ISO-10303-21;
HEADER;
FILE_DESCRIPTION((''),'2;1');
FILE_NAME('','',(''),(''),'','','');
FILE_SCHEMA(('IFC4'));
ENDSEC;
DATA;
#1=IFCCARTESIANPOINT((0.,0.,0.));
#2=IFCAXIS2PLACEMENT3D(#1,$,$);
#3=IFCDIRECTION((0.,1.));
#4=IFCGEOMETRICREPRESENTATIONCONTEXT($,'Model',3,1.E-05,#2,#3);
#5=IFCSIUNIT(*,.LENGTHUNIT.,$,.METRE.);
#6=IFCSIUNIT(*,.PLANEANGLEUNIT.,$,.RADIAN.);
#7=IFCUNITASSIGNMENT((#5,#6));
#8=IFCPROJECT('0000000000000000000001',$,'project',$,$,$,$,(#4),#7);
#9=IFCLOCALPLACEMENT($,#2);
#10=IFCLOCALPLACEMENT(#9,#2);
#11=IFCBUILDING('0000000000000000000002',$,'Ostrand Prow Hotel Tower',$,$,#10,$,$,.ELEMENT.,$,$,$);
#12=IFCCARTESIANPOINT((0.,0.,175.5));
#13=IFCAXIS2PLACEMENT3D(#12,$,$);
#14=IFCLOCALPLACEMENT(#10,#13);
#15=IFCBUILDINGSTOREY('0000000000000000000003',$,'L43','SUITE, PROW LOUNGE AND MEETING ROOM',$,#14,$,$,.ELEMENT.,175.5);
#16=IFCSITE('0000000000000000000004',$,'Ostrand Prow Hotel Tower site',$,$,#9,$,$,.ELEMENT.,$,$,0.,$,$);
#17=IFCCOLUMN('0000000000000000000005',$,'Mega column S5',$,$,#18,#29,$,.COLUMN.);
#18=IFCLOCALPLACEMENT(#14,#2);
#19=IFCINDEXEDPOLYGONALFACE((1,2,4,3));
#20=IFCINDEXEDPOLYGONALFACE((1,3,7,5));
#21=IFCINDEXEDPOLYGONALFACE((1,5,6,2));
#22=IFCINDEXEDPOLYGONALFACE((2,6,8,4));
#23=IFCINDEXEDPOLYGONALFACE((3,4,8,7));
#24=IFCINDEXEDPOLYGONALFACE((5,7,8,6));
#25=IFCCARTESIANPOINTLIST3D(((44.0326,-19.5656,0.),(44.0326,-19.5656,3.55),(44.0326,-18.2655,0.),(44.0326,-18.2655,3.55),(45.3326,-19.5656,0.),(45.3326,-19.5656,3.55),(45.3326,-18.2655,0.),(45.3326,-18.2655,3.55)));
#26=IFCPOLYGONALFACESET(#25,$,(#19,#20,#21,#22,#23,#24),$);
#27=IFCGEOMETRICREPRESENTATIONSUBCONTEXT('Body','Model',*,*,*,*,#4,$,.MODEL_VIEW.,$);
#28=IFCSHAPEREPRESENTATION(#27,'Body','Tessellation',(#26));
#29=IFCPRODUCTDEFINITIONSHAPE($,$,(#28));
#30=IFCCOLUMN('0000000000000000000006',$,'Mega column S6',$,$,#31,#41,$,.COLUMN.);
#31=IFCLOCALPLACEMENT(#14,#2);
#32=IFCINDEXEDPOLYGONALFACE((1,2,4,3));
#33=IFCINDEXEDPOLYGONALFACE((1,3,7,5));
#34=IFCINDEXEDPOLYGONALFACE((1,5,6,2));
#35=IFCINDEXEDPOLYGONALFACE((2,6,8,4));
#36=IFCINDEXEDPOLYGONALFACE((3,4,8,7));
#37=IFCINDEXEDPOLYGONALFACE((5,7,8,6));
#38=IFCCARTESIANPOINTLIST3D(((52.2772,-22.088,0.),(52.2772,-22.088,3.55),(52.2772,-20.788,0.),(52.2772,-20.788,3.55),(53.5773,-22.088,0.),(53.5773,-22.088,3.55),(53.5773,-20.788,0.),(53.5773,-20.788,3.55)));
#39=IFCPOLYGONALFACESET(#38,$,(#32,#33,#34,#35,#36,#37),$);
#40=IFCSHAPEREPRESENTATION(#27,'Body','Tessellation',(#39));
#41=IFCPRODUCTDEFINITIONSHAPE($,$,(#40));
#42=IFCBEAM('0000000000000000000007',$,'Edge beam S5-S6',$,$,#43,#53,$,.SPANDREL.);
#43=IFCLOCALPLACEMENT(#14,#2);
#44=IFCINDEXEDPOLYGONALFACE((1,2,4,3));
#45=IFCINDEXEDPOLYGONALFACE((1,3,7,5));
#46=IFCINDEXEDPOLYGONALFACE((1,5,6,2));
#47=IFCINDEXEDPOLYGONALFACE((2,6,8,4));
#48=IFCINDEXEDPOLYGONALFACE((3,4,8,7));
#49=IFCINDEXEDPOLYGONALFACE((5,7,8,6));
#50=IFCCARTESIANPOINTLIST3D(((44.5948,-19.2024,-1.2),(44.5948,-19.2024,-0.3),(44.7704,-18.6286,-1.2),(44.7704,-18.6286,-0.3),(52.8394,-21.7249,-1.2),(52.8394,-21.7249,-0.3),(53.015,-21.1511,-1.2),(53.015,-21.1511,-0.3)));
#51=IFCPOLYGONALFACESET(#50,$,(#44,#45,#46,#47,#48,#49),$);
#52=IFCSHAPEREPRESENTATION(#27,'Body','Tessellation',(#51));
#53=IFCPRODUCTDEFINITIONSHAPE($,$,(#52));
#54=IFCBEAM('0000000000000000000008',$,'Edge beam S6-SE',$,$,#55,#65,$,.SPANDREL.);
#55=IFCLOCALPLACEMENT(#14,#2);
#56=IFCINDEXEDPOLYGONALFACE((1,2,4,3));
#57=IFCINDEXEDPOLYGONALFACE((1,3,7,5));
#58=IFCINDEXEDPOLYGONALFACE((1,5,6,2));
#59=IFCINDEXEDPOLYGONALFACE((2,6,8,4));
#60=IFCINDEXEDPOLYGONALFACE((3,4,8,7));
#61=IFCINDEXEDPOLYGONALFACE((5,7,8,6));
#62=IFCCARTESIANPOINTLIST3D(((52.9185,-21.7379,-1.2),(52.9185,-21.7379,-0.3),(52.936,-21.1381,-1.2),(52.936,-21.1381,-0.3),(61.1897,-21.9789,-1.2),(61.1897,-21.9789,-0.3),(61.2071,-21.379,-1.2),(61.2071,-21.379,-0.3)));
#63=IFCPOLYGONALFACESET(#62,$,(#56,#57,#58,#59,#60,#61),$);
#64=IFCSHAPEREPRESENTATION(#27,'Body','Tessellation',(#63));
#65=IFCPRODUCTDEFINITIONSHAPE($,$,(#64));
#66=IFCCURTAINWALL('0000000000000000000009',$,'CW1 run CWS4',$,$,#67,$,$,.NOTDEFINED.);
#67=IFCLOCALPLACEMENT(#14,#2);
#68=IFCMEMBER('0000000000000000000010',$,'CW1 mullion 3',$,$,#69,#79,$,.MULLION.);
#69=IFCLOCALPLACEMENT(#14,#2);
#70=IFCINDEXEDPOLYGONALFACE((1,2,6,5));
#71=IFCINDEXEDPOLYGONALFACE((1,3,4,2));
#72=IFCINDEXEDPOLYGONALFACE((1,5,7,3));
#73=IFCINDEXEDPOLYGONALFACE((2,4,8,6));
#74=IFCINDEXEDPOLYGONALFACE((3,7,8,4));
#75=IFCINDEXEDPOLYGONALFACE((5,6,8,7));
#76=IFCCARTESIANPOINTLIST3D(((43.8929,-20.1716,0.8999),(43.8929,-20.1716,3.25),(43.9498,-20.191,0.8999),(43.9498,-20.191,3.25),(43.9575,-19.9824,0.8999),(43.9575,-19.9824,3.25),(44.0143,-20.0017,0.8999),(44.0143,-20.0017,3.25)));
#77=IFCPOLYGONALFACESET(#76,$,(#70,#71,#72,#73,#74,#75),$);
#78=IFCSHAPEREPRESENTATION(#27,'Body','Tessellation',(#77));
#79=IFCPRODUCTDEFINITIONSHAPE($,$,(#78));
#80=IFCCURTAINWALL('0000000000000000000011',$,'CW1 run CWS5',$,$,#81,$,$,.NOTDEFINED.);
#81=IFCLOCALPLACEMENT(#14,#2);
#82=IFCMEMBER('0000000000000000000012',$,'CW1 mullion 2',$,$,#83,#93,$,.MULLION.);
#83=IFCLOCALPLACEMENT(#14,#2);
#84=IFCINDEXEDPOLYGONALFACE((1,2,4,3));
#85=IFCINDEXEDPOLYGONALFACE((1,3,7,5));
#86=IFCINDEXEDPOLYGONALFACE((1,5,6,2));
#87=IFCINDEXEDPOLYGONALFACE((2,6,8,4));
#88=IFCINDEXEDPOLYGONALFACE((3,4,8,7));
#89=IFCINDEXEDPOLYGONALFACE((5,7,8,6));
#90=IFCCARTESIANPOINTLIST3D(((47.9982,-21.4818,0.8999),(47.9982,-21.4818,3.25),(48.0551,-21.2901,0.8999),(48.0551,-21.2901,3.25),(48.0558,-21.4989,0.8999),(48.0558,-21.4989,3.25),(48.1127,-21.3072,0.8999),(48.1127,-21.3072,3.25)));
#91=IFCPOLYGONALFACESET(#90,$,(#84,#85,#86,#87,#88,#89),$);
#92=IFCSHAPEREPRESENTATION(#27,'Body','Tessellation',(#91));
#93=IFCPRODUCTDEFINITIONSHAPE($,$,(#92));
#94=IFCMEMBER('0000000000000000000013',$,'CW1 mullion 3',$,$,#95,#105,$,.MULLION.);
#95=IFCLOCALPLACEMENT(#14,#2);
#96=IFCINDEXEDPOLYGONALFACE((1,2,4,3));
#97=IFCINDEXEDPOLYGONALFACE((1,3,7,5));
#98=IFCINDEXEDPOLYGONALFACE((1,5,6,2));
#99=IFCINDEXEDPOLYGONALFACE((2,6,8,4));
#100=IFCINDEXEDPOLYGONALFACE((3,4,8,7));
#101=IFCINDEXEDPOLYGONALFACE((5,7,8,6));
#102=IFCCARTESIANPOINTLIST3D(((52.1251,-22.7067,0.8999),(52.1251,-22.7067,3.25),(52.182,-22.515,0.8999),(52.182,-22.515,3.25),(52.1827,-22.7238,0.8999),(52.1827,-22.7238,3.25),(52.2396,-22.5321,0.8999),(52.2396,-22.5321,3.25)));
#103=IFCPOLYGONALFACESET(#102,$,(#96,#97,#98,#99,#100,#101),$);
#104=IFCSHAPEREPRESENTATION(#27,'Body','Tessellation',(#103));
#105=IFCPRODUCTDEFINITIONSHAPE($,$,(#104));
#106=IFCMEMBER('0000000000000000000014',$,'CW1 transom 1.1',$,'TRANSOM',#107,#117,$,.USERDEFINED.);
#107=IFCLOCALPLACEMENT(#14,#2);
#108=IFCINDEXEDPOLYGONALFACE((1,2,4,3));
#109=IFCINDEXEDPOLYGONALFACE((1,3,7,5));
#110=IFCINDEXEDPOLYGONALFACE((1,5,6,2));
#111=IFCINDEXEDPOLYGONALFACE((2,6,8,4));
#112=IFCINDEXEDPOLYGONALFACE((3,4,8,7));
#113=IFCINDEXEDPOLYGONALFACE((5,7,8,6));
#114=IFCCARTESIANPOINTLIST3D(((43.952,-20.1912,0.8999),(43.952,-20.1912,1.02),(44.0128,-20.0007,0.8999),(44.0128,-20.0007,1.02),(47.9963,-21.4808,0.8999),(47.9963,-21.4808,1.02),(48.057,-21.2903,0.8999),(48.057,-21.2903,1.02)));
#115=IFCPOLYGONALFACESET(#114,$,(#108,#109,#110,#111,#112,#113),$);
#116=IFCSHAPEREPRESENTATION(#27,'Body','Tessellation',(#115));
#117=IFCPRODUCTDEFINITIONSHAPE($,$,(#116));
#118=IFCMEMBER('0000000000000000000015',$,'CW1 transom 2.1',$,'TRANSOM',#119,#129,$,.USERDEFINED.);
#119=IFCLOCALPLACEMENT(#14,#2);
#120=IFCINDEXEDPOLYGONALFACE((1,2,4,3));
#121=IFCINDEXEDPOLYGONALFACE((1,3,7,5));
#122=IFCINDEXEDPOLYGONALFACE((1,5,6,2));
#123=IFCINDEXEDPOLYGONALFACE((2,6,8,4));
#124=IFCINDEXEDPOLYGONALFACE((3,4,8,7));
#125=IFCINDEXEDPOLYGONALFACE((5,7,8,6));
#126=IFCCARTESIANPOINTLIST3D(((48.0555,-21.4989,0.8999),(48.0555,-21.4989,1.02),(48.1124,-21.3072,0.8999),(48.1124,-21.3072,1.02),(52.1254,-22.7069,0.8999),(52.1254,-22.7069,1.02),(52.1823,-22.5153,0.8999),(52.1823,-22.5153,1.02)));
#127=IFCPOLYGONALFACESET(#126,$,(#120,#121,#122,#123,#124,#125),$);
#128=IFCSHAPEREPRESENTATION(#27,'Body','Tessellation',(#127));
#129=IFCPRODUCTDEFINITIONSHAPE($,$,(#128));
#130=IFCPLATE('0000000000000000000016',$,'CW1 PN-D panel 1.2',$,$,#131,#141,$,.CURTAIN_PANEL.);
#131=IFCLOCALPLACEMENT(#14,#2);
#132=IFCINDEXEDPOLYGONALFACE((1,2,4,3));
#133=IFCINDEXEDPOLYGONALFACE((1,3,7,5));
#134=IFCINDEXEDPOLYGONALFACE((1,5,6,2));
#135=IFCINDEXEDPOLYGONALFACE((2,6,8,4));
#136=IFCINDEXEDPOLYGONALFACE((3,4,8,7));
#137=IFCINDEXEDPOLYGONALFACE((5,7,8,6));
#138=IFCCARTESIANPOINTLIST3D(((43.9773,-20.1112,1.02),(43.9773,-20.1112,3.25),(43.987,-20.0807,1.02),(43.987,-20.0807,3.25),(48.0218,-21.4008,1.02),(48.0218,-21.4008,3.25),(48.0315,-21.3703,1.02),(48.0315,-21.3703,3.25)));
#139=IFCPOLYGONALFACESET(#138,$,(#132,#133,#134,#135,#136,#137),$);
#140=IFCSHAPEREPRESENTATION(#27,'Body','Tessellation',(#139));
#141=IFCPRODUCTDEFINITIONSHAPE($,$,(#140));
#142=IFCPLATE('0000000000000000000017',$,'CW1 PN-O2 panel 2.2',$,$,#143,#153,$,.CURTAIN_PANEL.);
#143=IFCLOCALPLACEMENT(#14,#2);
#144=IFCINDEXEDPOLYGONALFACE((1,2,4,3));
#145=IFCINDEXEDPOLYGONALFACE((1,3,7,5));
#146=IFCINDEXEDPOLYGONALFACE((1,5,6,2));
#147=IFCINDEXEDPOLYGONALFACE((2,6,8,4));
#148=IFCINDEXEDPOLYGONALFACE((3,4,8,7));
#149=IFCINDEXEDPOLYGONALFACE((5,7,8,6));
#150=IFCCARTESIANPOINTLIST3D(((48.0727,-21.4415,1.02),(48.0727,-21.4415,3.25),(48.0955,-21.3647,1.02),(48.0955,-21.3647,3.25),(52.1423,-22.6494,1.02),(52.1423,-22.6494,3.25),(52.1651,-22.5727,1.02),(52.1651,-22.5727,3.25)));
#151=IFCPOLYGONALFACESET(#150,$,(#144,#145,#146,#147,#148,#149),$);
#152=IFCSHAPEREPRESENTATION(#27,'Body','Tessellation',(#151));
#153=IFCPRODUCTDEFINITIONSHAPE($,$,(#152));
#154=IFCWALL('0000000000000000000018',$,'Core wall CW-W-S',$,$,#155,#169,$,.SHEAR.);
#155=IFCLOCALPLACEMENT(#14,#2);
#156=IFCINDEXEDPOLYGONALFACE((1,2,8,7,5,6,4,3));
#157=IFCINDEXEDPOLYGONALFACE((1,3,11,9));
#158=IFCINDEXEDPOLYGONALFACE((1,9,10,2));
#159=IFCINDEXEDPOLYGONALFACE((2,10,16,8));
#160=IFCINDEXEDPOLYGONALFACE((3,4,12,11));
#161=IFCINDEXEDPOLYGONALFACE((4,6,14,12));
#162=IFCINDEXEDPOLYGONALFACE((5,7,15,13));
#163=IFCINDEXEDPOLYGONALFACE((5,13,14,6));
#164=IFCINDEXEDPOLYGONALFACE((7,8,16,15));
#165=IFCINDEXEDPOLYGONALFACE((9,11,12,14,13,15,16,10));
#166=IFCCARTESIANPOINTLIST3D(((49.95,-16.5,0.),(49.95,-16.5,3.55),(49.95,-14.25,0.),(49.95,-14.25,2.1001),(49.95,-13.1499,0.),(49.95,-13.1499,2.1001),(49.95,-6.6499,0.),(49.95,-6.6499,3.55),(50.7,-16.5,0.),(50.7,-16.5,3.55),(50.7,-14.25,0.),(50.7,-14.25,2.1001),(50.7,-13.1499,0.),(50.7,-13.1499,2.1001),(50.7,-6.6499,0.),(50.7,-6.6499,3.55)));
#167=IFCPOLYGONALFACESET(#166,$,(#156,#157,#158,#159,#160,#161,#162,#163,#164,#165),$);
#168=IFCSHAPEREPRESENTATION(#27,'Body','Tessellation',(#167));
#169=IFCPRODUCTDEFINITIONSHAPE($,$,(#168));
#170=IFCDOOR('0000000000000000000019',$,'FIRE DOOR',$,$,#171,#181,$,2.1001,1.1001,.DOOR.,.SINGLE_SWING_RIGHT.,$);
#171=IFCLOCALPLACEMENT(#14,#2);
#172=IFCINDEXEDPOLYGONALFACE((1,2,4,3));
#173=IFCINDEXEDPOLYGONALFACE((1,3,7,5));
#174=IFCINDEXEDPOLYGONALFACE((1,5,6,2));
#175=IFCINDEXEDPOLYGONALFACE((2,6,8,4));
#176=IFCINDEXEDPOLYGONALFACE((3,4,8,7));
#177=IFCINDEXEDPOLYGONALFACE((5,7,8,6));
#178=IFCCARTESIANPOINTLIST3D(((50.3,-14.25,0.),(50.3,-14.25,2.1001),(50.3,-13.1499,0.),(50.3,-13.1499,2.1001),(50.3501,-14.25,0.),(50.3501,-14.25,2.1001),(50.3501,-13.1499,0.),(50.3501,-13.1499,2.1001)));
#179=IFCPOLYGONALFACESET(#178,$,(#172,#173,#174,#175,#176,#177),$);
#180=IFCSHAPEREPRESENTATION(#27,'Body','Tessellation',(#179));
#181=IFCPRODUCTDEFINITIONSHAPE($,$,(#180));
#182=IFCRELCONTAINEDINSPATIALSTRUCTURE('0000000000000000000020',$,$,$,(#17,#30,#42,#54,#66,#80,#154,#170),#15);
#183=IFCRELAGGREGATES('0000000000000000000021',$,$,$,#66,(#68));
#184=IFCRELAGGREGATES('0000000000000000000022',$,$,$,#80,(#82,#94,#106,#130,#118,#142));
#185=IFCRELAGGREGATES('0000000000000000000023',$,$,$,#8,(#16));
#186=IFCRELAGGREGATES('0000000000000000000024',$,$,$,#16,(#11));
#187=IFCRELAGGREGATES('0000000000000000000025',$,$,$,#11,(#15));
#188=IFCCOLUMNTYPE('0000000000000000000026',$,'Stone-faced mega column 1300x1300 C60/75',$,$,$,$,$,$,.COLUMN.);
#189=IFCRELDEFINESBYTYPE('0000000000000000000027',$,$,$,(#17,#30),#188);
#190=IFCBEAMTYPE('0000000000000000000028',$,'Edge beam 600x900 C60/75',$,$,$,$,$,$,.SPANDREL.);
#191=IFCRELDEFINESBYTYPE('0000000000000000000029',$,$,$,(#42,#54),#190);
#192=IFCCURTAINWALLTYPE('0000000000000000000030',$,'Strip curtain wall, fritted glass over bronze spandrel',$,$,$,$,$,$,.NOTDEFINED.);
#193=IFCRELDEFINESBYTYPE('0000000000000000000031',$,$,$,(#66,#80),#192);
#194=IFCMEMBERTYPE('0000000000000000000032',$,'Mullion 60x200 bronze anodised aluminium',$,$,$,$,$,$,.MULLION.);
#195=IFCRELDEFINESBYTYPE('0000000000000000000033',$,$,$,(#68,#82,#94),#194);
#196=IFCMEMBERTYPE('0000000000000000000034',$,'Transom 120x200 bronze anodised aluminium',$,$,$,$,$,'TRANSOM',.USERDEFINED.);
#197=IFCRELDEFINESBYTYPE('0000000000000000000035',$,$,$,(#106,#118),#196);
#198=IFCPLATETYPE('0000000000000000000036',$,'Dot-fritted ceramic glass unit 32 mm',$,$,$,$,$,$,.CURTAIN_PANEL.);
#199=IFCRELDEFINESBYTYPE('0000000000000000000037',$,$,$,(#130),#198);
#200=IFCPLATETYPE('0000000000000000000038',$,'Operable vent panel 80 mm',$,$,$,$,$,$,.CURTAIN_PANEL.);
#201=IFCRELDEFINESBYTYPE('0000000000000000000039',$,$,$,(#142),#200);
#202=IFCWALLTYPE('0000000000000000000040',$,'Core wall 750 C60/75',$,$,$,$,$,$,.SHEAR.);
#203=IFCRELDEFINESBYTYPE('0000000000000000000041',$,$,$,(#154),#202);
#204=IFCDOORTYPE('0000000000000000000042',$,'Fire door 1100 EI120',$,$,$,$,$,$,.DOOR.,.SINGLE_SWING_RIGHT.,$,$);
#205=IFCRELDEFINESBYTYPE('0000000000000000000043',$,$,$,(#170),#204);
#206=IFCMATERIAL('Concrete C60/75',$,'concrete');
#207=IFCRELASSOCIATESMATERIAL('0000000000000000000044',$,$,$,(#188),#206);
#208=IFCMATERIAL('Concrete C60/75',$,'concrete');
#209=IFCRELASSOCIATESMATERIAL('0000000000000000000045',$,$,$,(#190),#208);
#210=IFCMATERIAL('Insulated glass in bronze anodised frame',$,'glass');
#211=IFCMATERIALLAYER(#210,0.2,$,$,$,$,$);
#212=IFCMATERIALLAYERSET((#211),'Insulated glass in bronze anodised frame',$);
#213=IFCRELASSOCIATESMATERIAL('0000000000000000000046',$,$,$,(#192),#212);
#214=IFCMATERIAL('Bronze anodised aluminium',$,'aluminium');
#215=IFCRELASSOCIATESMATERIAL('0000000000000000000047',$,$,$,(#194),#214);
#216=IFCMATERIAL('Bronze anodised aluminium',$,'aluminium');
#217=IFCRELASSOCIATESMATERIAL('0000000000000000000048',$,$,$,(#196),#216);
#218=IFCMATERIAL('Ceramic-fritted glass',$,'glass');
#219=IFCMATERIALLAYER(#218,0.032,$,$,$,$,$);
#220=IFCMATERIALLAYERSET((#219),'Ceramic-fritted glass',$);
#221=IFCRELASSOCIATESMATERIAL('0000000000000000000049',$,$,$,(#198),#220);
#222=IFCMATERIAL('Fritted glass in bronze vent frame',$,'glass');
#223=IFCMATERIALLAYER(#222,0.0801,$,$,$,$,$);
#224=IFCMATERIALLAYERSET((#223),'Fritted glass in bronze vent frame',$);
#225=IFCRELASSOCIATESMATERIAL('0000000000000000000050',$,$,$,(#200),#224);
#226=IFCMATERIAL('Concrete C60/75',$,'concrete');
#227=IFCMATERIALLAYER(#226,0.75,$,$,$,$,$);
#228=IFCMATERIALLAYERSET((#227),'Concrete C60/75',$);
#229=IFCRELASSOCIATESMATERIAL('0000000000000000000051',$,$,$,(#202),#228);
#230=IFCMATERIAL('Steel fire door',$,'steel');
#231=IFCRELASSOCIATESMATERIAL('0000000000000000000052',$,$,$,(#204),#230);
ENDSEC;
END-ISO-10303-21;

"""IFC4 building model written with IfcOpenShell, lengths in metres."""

from ifc_helpers import new_model, si_unit, direction, frame, frame_2d, origin, origin_2d, place, context, subcontext, project, spatial, rectangle, extrude, material, layer, layer_set, material_profile, profile_set, type_object, element, fill, aggregate, save


model = new_model("IFC4")

# Units and contexts
model_context = context("Model", 3, precision=1e-05, world=origin(), true_north=direction((0.0, 1.0)))
body_context = subcontext(model_context, "Body", "Model", "MODEL_VIEW")
ifc_project = project(units=[si_unit("LENGTHUNIT", "METRE"), si_unit("PLANEANGLEUNIT", "RADIAN")], contexts=[model_context])

# Site, building, storey
site_placement = place(None, origin())
site = spatial("IfcSite", under=ifc_project, at=site_placement, Name="Ostrand Prow Hotel Tower site", CompositionType="ELEMENT", RefElevation=0.0)
building_placement = place(site_placement, origin())
building = spatial("IfcBuilding", under=site, at=building_placement, Name="Ostrand Prow Hotel Tower", CompositionType="ELEMENT")
storey_placement = place(building_placement, frame((0.0, 0.0, 175.5)))
storey = spatial("IfcBuildingStorey", under=building, at=storey_placement, Name="L43", Description="SUITE, PROW LOUNGE AND MEETING ROOM", CompositionType="ELEMENT", Elevation=175.5)

# Columns
ifc_material_1 = material(Name="Concrete C60/75", Category="concrete")
ifc_material_profile_1 = material_profile(ifc_material_1, rectangle(XDim=1.3, YDim=1.3, at=origin_2d()), Name="RC 1300x1300")
ifc_profile_set_1 = profile_set([ifc_material_profile_1], Name="Concrete C60/75")
column_type = type_object("IfcColumnType", Name="Stone-faced mega column 1300x1300 C60/75", PredefinedType="COLUMN", material=ifc_profile_set_1)
for number, where, z_axis, x_axis, name in (
    (1, (44.6826, -18.9155, 0.0), (0.0, 0.0, 1.0), (1.0, 0.0, 0.0), "Mega column S5"),
    (2, (52.9272, -21.438, 0.0), (0.0, 0.0, 1.0), (1.0, 0.0, 0.0), "Mega column S6"),
):
    element("IfcColumn", number, at=place(storey_placement, frame(where, z_axis=z_axis, x_axis=x_axis)), inside=storey, type_object=column_type, Name=name, PredefinedType="COLUMN", context=body_context, shape_type="SweptSolid", body=[
        extrude(rectangle(XDim=1.3, YDim=1.3, at=origin_2d()), origin(), (0.0, 0.0, 1.0), 3.55),
    ])

# Beams
ifc_material_2 = material(Name="Concrete C60/75", Category="concrete")
ifc_material_profile_2 = material_profile(ifc_material_2, rectangle(XDim=0.6001, YDim=0.8999, at=origin_2d()), Name="RC 600x900")
ifc_profile_set_2 = profile_set([ifc_material_profile_2], Name="Concrete C60/75")
beam_type = type_object("IfcBeamType", Name="Edge beam 600x900 C60/75", PredefinedType="SPANDREL", material=ifc_profile_set_2)
beam_1_placement = place(storey_placement, frame((44.6826, -18.9155, -0.75), z_axis=(0.956246, -0.292565, 0.0), x_axis=(0.292565, 0.956246, 0.0)))
element("IfcBeam", 3, at=beam_1_placement, inside=storey, type_object=beam_type, Name="Edge beam S5-S6", PredefinedType="SPANDREL", context=body_context, shape_type="SweptSolid", body=[
    extrude(rectangle(XDim=0.6001, YDim=0.8999, at=origin_2d()), origin(), (0.0, 0.0, 1.0), 8.6218),
])
beam_2_placement = place(storey_placement, frame((52.9272, -21.438, -0.75), z_axis=(0.999576, -0.029121, 0.0), x_axis=(0.029121, 0.999576, 0.0)))
element("IfcBeam", 4, at=beam_2_placement, inside=storey, type_object=beam_type, Name="Edge beam S6-SE", PredefinedType="SPANDREL", context=body_context, shape_type="SweptSolid", body=[
    extrude(rectangle(XDim=0.6001, YDim=0.8999, at=origin_2d()), origin(), (0.0, 0.0, 1.0), 8.2747),
])

# Curtain wall, member
ifc_material_3 = material(Name="Insulated glass in bronze anodised frame", Category="glass")
ifc_layer_1 = layer(ifc_material_3, 0.2)
ifc_layer_set_1 = layer_set([ifc_layer_1], Name="Insulated glass in bronze anodised frame")
curtain_wall_type = type_object("IfcCurtainWallType", Name="Strip curtain wall, fritted glass over bronze spandrel", PredefinedType="NOTDEFINED", material=ifc_layer_set_1)
curtain_wall_1_placement = place(storey_placement, origin())
curtain_wall_1 = element("IfcCurtainWall", 5, at=curtain_wall_1_placement, inside=storey, type_object=curtain_wall_type, Name="CW1 run CWS4", PredefinedType="NOTDEFINED")
ifc_material_4 = material(Name="Bronze anodised aluminium", Category="aluminium")
ifc_material_profile_3 = material_profile(ifc_material_4, rectangle(XDim=0.2, YDim=0.0601, at=origin_2d()), Name="Mullion 60x200 bronze anodised aluminium")
ifc_profile_set_3 = profile_set([ifc_material_profile_3], Name="Bronze anodised aluminium")
member_type_1 = type_object("IfcMemberType", Name="Mullion 60x200 bronze anodised aluminium", PredefinedType="MULLION", material=ifc_profile_set_3)
member_1_placement = place(storey_placement, frame((43.9536, -20.0867, 0.8999), z_axis=(0.0, 0.0, 1.0), x_axis=(0.322908, 0.94643, 0.0)))
member_1 = element("IfcMember", 6, at=member_1_placement, type_object=member_type_1, Name="CW1 mullion 3", PredefinedType="MULLION", context=body_context, shape_type="SweptSolid", body=[
    extrude(rectangle(XDim=0.2, YDim=0.0601, at=origin_2d()), origin(), (0.0, 0.0, 1.0), 2.3501),
])
aggregate(curtain_wall_1, [member_1])

# Curtain wall, members, plates
curtain_wall_2_placement = place(storey_placement, origin())
curtain_wall_2 = element("IfcCurtainWall", 7, at=curtain_wall_2_placement, inside=storey, type_object=curtain_wall_type, Name="CW1 run CWS5", PredefinedType="NOTDEFINED")
member_2_placement = place(storey_placement, frame((48.0554, -21.3945, 0.8999), z_axis=(0.0, 0.0, 1.0), x_axis=(0.284544, 0.958663, 0.0)))
member_2 = element("IfcMember", 8, at=member_2_placement, type_object=member_type_1, Name="CW1 mullion 2", PredefinedType="MULLION", context=body_context, shape_type="SweptSolid", body=[
    extrude(rectangle(XDim=0.2, YDim=0.0601, at=origin_2d()), origin(), (0.0, 0.0, 1.0), 2.3501),
])
member_3_placement = place(storey_placement, frame((52.1824, -22.6194, 0.8999), z_axis=(0.0, 0.0, 1.0), x_axis=(0.284544, 0.958663, 0.0)))
member_3 = element("IfcMember", 9, at=member_3_placement, type_object=member_type_1, Name="CW1 mullion 3", PredefinedType="MULLION", context=body_context, shape_type="SweptSolid", body=[
    extrude(rectangle(XDim=0.2, YDim=0.0601, at=origin_2d()), origin(), (0.0, 0.0, 1.0), 2.3501),
])
ifc_material_5 = material(Name="Bronze anodised aluminium", Category="aluminium")
ifc_material_profile_4 = material_profile(ifc_material_5, rectangle(XDim=0.2, YDim=0.1201, at=origin_2d()), Name="Transom 120x200 bronze anodised aluminium")
ifc_profile_set_4 = profile_set([ifc_material_profile_4], Name="Bronze anodised aluminium")
member_type_2 = type_object("IfcMemberType", Name="Transom 120x200 bronze anodised aluminium", ElementType="TRANSOM", PredefinedType="USERDEFINED", material=ifc_profile_set_4)
member_4_placement = place(storey_placement, frame((43.9824, -20.0959, 0.96), z_axis=(0.952738, -0.303795, 0.0), x_axis=(0.303795, 0.952738, 0.0)))
member_4 = element("IfcMember", 10, at=member_4_placement, type_object=member_type_2, Name="CW1 transom 1.1", ObjectType="TRANSOM", PredefinedType="USERDEFINED", context=body_context, shape_type="SweptSolid", body=[
    extrude(rectangle(XDim=0.2, YDim=0.1201, at=origin_2d()), origin(), (0.0, 0.0, 1.0), 4.2449),
])
member_5_placement = place(storey_placement, frame((48.084, -21.4031, 0.96), z_axis=(0.958661, -0.28455, 0.0), x_axis=(0.28455, 0.958661, 0.0)))
member_5 = element("IfcMember", 11, at=member_5_placement, type_object=member_type_2, Name="CW1 transom 2.1", ObjectType="TRANSOM", PredefinedType="USERDEFINED", context=body_context, shape_type="SweptSolid", body=[
    extrude(rectangle(XDim=0.2, YDim=0.1201, at=origin_2d()), origin(), (0.0, 0.0, 1.0), 4.2454),
])
ifc_material_6 = material(Name="Ceramic-fritted glass", Category="glass")
ifc_layer_2 = layer(ifc_material_6, 0.032)
ifc_layer_set_2 = layer_set([ifc_layer_2], Name="Ceramic-fritted glass")
plate_type_1 = type_object("IfcPlateType", Name="Dot-fritted ceramic glass unit 32 mm", PredefinedType="CURTAIN_PANEL", material=ifc_layer_set_2)
plate_1_placement = place(storey_placement, frame((46.0044, -20.7407, 1.02), z_axis=(0.0, 0.0, 1.0), x_axis=(0.95274, -0.303787, 0.0)))
plate_1 = element("IfcPlate", 12, at=plate_1_placement, type_object=plate_type_1, Name="CW1 PN-D panel 1.2", PredefinedType="CURTAIN_PANEL", context=body_context, shape_type="SweptSolid", body=[
    extrude(rectangle(XDim=4.2451, YDim=0.032, at=origin_2d()), origin(), (0.0, 0.0, 1.0), 2.23),
])
ifc_material_7 = material(Name="Fritted glass in bronze vent frame", Category="glass")
ifc_layer_3 = layer(ifc_material_7, 0.0801)
ifc_layer_set_3 = layer_set([ifc_layer_3], Name="Fritted glass in bronze vent frame")
plate_type_2 = type_object("IfcPlateType", Name="Operable vent panel 80 mm", PredefinedType="CURTAIN_PANEL", material=ifc_layer_set_3)
plate_2_placement = place(storey_placement, frame((50.1189, -22.0071, 1.02), z_axis=(0.0, 0.0, 1.0), x_axis=(0.958663, -0.284544, 0.0)))
plate_2 = element("IfcPlate", 13, at=plate_2_placement, type_object=plate_type_2, Name="CW1 PN-O2 panel 2.2", PredefinedType="CURTAIN_PANEL", context=body_context, shape_type="SweptSolid", body=[
    extrude(rectangle(XDim=4.2451, YDim=0.0801, at=origin_2d()), origin(), (0.0, 0.0, 1.0), 2.23),
])
aggregate(curtain_wall_2, [member_2, member_3, member_4, plate_1, member_5, plate_2])

# Wall, opening, door
ifc_material_8 = material(Name="Concrete C60/75", Category="concrete")
ifc_layer_4 = layer(ifc_material_8, 0.75)
ifc_layer_set_4 = layer_set([ifc_layer_4], Name="Concrete C60/75")
wall_type_1 = type_object("IfcWallType", Name="Core wall 750 C60/75", PredefinedType="SHEAR", material=ifc_layer_set_4)
wall_1_placement = place(storey_placement, frame((50.325, -16.5, 0.0), z_axis=(0.0, 0.0, 1.0), x_axis=(0.0, 1.0, 0.0)))
wall_1 = element("IfcWall", 14, at=wall_1_placement, inside=storey, type_object=wall_type_1, Name="Core wall CW-W-S", PredefinedType="SHEAR", context=body_context, shape_type="SweptSolid", body=[
    extrude(rectangle(XDim=9.8501, YDim=0.75, at=frame_2d((4.925, 0.0))), origin(), (0.0, 0.0, 1.0), 3.55),
])
opening_1_placement = place(wall_1_placement, frame((2.25, 0.0, 0.0)))
opening_1 = element("IfcOpeningElement", 15, at=opening_1_placement, cuts=wall_1, PredefinedType="OPENING", context=body_context, shape_type="SweptSolid", body=[
    extrude(rectangle(XDim=1.1001, YDim=2.1001, at=frame_2d((0.55, 1.05))), frame((0.0, 0.385, 0.0), z_axis=(0.0, -1.0, 0.0), x_axis=(1.0, 0.0, 0.0)), (0.0, 0.0, 1.0), 0.77),
])
ifc_material_9 = material(Name="Steel fire door", Category="steel")
door_type_1 = type_object("IfcDoorType", Name="Fire door 1100 EI120", OperationType="SINGLE_SWING_RIGHT", PredefinedType="DOOR", material=ifc_material_9)
door_1_placement = place(opening_1_placement, origin())
door_1 = element("IfcDoor", 16, at=door_1_placement, inside=storey, type_object=door_type_1, Name="FIRE DOOR", OperationType="SINGLE_SWING_RIGHT", OverallHeight=2.1001, OverallWidth=1.1001, PredefinedType="DOOR", context=body_context, shape_type="SweptSolid", body=[
    extrude(rectangle(XDim=1.1001, YDim=2.1001, at=frame_2d((0.55, 1.05))), frame((0.0, 0.0249, 0.0), z_axis=(0.0, -1.0, 0.0), x_axis=(1.0, 0.0, 0.0)), (0.0, 0.0, 1.0), 0.05),
])
fill(opening_1, door_1)

save(model, "model.ifc")
